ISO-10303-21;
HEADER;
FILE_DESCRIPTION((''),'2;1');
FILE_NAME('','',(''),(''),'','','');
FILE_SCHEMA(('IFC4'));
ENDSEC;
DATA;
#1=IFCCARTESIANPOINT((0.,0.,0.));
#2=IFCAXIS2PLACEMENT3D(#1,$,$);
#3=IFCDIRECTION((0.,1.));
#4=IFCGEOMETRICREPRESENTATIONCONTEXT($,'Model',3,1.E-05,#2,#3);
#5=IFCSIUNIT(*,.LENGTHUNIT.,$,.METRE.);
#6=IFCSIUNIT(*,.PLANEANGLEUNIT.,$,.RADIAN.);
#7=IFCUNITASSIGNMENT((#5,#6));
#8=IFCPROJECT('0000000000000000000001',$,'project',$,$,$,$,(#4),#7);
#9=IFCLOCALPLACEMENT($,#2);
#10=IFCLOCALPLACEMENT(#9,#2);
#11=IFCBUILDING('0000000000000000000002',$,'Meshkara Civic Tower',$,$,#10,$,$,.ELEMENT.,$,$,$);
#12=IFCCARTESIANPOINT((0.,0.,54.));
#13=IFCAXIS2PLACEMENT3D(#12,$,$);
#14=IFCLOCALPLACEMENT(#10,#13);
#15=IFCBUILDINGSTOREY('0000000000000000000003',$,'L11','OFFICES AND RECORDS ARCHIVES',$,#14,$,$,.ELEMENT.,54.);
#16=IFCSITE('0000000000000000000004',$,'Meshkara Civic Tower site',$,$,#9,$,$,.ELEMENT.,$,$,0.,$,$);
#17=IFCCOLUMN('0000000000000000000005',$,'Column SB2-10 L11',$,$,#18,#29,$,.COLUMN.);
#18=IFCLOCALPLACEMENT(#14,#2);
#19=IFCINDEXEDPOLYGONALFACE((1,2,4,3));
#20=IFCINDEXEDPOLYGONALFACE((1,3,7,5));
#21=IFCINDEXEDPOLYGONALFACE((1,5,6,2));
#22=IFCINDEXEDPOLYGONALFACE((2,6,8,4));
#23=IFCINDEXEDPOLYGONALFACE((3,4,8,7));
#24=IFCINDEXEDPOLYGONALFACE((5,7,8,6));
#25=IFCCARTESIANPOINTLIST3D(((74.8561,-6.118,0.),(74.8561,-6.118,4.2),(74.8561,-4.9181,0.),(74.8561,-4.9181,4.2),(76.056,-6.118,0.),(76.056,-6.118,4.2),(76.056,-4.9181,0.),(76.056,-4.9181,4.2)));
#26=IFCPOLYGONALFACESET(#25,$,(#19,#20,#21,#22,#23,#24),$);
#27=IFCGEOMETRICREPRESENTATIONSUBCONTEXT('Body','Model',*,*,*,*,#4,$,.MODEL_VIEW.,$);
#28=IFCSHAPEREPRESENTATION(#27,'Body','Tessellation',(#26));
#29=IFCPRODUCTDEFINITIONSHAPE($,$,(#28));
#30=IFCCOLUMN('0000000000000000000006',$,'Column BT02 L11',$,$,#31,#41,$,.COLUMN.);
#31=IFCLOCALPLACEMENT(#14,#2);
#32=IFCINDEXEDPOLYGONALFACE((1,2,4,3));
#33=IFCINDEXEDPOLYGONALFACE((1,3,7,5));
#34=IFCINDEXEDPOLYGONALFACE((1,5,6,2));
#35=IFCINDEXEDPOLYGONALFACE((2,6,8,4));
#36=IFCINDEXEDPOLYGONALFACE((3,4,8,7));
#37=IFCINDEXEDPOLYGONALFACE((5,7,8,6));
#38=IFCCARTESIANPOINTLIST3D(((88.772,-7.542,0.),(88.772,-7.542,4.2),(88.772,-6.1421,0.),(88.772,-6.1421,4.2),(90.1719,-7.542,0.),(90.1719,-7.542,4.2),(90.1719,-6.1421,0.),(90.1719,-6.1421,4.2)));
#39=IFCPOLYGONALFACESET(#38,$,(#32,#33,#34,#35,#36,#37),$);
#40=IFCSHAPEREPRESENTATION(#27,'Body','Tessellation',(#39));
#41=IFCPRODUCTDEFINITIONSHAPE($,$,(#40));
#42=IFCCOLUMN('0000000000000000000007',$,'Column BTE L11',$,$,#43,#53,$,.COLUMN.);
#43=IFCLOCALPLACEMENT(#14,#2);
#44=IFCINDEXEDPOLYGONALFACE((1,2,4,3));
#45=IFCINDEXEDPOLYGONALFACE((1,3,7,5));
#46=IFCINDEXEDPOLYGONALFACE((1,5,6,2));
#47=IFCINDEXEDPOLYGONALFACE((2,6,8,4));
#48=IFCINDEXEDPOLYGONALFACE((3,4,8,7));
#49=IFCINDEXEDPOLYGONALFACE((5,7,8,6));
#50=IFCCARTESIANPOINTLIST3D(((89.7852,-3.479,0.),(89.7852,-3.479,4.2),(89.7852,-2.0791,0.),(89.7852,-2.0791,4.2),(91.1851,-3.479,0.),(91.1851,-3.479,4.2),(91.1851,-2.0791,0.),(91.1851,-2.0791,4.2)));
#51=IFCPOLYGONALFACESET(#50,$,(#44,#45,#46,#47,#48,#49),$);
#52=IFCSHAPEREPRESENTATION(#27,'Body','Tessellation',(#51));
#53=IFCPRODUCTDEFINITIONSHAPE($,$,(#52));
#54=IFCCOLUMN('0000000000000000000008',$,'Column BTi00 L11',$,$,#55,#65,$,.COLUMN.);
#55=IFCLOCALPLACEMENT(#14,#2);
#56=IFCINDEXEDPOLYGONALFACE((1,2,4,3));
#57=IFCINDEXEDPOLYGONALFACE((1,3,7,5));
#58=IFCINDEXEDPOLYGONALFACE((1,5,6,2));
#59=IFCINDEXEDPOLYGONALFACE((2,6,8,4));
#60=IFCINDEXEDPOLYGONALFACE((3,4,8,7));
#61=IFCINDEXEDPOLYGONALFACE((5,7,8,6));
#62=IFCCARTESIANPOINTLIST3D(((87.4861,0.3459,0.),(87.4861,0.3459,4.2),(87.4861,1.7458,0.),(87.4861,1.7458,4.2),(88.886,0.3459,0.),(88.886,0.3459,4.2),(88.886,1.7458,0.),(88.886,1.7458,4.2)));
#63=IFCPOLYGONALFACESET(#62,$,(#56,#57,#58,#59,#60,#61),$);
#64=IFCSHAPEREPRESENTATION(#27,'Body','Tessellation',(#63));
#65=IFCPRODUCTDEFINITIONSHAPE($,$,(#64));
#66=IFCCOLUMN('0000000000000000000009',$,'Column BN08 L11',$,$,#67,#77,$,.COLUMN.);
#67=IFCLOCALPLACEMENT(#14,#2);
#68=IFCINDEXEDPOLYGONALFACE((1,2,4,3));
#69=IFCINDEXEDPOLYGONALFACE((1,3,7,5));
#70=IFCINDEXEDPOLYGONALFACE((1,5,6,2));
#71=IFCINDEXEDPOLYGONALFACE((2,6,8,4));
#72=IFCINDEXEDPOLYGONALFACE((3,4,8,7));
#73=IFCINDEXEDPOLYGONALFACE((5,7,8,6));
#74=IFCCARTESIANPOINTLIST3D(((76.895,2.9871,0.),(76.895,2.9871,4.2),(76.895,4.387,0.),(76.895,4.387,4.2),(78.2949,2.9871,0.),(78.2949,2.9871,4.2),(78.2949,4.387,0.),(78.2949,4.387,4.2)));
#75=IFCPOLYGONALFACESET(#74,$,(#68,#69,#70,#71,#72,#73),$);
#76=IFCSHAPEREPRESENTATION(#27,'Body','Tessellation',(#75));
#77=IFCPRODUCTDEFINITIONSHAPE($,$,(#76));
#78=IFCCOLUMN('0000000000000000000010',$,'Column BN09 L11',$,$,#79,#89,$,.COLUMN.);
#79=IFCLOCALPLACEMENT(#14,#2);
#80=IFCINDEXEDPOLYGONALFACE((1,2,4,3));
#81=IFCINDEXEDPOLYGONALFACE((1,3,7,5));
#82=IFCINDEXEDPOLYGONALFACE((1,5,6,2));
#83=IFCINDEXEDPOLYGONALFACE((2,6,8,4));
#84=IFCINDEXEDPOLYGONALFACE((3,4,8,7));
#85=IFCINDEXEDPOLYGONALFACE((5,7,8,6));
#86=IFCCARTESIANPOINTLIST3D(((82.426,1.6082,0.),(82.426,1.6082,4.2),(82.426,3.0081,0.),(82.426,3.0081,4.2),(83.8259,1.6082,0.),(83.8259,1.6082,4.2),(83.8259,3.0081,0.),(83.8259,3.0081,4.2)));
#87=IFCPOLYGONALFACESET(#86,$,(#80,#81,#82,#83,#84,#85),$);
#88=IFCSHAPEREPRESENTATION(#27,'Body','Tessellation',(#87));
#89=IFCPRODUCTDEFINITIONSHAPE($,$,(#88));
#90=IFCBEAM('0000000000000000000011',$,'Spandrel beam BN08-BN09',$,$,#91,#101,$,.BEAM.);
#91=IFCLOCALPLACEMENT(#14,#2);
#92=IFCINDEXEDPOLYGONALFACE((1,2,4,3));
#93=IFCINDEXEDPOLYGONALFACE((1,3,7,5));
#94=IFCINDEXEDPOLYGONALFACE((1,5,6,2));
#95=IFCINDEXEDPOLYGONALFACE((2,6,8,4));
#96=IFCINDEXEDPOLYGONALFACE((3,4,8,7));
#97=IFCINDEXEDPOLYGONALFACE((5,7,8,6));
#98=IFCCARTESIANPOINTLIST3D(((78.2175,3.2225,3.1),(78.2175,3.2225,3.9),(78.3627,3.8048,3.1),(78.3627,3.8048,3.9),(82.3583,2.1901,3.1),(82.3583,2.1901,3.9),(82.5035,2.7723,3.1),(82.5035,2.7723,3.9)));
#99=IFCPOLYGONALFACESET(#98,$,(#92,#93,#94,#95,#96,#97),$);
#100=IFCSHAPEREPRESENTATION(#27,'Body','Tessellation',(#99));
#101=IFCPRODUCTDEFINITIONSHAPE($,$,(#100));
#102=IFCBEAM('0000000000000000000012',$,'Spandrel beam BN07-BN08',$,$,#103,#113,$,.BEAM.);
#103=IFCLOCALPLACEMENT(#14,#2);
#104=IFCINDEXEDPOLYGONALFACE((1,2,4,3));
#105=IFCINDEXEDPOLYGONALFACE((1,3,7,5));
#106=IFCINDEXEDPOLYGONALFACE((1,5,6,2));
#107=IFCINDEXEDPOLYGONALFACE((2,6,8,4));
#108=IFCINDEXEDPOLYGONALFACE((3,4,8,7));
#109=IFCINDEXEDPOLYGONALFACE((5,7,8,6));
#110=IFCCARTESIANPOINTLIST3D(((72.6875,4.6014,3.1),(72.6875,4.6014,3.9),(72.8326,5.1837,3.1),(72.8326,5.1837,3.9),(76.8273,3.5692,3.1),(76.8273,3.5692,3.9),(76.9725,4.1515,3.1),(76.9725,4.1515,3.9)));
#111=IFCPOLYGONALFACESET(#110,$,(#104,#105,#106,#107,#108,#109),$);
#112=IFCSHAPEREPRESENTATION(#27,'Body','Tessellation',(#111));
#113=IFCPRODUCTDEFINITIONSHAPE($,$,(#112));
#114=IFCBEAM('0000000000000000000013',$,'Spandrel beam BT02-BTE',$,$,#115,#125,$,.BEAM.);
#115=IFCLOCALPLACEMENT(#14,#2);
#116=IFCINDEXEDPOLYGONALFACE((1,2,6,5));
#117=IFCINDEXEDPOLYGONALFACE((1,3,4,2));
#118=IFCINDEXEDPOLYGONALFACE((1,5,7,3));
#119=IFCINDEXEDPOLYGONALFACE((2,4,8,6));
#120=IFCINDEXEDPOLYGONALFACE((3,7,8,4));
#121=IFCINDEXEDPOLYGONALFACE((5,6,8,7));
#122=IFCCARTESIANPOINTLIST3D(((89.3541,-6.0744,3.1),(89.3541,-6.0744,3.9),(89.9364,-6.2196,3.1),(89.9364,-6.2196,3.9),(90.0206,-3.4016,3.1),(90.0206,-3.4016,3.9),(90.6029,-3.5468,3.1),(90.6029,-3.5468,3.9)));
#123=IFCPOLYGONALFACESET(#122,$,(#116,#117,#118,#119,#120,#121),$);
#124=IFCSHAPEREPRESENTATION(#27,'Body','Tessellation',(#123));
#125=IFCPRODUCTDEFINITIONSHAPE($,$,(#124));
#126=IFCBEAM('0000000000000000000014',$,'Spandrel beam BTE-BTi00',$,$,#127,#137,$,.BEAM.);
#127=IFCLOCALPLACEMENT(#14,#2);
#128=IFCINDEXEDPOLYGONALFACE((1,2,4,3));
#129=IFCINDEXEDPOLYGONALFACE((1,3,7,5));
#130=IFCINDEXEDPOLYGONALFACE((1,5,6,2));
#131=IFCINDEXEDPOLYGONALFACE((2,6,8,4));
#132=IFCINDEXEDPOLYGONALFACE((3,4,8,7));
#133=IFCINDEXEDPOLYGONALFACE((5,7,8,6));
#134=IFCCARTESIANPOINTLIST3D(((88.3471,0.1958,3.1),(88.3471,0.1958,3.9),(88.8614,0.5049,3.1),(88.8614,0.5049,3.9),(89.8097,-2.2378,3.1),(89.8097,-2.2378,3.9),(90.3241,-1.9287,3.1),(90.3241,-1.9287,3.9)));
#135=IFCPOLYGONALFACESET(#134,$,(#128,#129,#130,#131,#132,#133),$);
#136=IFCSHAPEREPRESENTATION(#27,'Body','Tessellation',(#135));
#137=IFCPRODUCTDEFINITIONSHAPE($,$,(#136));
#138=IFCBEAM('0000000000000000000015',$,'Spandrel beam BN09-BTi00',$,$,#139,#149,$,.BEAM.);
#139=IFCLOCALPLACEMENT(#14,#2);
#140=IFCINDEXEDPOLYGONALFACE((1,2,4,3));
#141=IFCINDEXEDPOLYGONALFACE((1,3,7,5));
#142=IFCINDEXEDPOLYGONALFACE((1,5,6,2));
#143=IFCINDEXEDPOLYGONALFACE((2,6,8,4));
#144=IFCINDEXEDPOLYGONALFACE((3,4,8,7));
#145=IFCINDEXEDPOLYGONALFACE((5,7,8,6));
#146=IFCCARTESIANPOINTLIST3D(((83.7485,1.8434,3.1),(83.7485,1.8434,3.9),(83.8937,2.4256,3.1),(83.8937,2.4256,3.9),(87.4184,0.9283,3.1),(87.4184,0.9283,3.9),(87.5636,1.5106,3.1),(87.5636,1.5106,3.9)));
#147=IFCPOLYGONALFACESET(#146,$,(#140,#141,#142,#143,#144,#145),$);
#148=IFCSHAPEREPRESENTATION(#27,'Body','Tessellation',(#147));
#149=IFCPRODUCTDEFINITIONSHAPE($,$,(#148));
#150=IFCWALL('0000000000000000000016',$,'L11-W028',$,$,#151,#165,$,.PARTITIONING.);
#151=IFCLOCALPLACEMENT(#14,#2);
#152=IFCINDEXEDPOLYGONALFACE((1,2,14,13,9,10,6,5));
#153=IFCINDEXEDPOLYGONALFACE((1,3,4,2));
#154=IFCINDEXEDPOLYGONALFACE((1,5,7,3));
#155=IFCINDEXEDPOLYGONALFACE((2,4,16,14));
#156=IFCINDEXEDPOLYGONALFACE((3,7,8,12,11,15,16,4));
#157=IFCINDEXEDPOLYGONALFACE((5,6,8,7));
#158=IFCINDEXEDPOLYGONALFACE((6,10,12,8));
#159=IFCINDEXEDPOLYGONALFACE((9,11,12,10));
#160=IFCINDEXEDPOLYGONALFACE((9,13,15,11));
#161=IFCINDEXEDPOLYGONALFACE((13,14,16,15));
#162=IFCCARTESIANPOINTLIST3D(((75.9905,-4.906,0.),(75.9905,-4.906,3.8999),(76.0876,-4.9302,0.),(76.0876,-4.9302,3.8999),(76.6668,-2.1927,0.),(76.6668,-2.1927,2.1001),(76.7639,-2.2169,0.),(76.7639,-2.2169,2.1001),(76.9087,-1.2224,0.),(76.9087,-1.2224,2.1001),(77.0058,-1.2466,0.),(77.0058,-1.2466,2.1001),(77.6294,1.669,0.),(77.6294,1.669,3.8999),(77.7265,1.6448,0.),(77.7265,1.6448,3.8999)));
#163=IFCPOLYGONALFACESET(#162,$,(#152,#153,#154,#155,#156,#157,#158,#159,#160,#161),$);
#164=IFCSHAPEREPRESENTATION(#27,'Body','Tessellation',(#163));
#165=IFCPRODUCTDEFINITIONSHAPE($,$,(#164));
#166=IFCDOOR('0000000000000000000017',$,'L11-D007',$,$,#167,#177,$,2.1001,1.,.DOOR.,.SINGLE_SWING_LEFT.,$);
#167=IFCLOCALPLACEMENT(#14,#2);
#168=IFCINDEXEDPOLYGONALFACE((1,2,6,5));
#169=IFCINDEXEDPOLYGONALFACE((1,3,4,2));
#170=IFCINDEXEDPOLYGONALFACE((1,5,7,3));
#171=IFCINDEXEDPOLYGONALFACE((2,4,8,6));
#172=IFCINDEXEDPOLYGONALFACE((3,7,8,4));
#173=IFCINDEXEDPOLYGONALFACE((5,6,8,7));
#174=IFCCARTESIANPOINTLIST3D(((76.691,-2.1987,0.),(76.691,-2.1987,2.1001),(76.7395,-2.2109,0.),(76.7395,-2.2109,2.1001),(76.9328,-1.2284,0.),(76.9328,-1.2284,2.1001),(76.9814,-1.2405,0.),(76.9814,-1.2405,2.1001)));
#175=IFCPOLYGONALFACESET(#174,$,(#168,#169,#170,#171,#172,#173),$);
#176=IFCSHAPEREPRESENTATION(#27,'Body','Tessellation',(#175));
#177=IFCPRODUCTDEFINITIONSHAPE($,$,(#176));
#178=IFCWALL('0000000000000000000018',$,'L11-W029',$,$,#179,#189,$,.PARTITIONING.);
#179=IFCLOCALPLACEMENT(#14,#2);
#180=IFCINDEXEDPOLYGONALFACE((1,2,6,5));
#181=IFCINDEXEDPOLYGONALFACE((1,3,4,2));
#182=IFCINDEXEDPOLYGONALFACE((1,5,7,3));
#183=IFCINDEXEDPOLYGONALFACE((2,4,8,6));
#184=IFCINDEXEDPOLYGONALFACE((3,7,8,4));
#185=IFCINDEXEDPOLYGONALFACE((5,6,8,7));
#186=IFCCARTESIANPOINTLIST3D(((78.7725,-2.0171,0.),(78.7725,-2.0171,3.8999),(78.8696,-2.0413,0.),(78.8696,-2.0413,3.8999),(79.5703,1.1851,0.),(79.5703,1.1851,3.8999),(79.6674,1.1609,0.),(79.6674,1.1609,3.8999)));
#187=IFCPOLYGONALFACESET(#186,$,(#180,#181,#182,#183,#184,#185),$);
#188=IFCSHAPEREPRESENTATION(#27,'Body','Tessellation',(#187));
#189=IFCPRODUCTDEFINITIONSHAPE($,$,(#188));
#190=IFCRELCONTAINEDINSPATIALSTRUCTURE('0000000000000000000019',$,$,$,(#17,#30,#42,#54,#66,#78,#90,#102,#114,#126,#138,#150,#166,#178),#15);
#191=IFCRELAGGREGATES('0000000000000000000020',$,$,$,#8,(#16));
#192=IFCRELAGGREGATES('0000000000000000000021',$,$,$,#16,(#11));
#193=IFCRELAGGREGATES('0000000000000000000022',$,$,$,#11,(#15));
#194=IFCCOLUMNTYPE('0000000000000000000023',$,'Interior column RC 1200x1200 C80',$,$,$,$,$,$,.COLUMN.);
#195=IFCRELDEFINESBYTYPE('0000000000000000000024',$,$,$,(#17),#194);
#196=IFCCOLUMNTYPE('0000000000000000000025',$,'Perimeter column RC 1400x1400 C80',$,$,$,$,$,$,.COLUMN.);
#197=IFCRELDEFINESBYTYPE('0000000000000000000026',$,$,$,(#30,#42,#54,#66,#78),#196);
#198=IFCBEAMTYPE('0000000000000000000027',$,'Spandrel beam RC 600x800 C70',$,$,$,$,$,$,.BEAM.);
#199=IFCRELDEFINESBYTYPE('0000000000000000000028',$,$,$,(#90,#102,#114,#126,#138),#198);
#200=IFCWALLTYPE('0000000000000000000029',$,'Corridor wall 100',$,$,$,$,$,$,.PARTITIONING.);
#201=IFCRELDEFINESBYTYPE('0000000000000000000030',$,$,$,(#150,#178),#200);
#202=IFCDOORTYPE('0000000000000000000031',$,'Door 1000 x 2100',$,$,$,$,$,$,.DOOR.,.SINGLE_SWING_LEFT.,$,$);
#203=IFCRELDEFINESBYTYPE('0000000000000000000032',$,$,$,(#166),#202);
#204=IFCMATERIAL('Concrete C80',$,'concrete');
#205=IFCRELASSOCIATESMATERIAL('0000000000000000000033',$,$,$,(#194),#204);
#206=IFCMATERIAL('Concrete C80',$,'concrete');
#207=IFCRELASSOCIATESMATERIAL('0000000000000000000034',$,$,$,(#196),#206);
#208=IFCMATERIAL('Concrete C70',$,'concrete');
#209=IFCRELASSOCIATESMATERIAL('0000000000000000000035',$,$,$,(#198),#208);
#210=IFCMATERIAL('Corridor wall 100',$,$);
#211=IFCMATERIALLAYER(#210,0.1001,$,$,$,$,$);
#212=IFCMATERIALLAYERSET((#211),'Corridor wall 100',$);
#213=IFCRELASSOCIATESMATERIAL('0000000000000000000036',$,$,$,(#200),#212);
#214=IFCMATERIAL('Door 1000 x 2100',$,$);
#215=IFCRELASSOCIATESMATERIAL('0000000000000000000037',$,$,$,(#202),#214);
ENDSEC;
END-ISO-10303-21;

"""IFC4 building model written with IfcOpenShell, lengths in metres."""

from ifc_helpers import new_model, si_unit, direction, frame, frame_2d, origin, origin_2d, place, context, subcontext, project, spatial, rectangle, extrude, material, layer, layer_set, material_profile, profile_set, type_object, element, fill, save


model = new_model("IFC4")

# Units and contexts
model_context = context("Model", 3, precision=1e-05, world=origin(), true_north=direction((0.0, 1.0)))
body_context = subcontext(model_context, "Body", "Model", "MODEL_VIEW")
ifc_project = project(units=[si_unit("LENGTHUNIT", "METRE"), si_unit("PLANEANGLEUNIT", "RADIAN")], contexts=[model_context])

# Site, building, storey
site_placement = place(None, origin())
site = spatial("IfcSite", under=ifc_project, at=site_placement, Name="Meshkara Civic Tower site", CompositionType="ELEMENT", RefElevation=0.0)
building_placement = place(site_placement, origin())
building = spatial("IfcBuilding", under=site, at=building_placement, Name="Meshkara Civic Tower", CompositionType="ELEMENT")
storey_placement = place(building_placement, frame((0.0, 0.0, 54.0)))
storey = spatial("IfcBuildingStorey", under=building, at=storey_placement, Name="L11", Description="OFFICES AND RECORDS ARCHIVES", CompositionType="ELEMENT", Elevation=54.0)

# Columns
ifc_material_1 = material(Name="Concrete C80", Category="concrete")
ifc_material_profile_1 = material_profile(ifc_material_1, rectangle(XDim=1.2, YDim=1.2, at=origin_2d()))
ifc_profile_set_1 = profile_set([ifc_material_profile_1], Name="Concrete C80")
column_type_1 = type_object("IfcColumnType", Name="Interior column RC 1200x1200 C80", PredefinedType="COLUMN", material=ifc_profile_set_1)
column_placement = place(storey_placement, frame((75.4561, -5.5181, 0.0), z_axis=(0.0, 0.0, 1.0), x_axis=(1.0, 0.0, 0.0)))
element("IfcColumn", 1, at=column_placement, inside=storey, type_object=column_type_1, Name="Column SB2-10 L11", PredefinedType="COLUMN", context=body_context, shape_type="SweptSolid", body=[
    extrude(rectangle(XDim=1.2, YDim=1.2, at=origin_2d()), origin(), (0.0, 0.0, 1.0), 4.2),
])
ifc_material_2 = material(Name="Concrete C80", Category="concrete")
ifc_material_profile_2 = material_profile(ifc_material_2, rectangle(XDim=1.3999, YDim=1.3999, at=origin_2d()))
ifc_profile_set_2 = profile_set([ifc_material_profile_2], Name="Concrete C80")
column_type_2 = type_object("IfcColumnType", Name="Perimeter column RC 1400x1400 C80", PredefinedType="COLUMN", material=ifc_profile_set_2)
for number, where, z_axis, x_axis, name in (
    (2, (89.4719, -6.842, 0.0), (0.0, 0.0, 1.0), (1.0, 0.0, 0.0), "Column BT02 L11"),
    (3, (90.4851, -2.7791, 0.0), (0.0, 0.0, 1.0), (1.0, 0.0, 0.0), "Column BTE L11"),
    (4, (88.186, 1.0459, 0.0), (0.0, 0.0, 1.0), (1.0, 0.0, 0.0), "Column BTi00 L11"),
    (5, (77.595, 3.687, 0.0), (0.0, 0.0, 1.0), (1.0, 0.0, 0.0), "Column BN08 L11"),
    (6, (83.126, 2.3081, 0.0), (0.0, 0.0, 1.0), (1.0, 0.0, 0.0), "Column BN09 L11"),
):
    element("IfcColumn", number, at=place(storey_placement, frame(where, z_axis=z_axis, x_axis=x_axis)), inside=storey, type_object=column_type_2, Name=name, PredefinedType="COLUMN", context=body_context, shape_type="SweptSolid", body=[
        extrude(rectangle(XDim=1.3999, YDim=1.3999, at=origin_2d()), origin(), (0.0, 0.0, 1.0), 4.2),
    ])

# Beams
ifc_material_3 = material(Name="Concrete C70", Category="concrete")
ifc_material_profile_3 = material_profile(ifc_material_3, rectangle(XDim=0.6001, YDim=0.8, at=origin_2d()))
ifc_profile_set_3 = profile_set([ifc_material_profile_3], Name="Concrete C70")
beam_type = type_object("IfcBeamType", Name="Spandrel beam RC 600x800 C70", PredefinedType="BEAM", material=ifc_profile_set_3)
beam_1_placement = place(storey_placement, frame((82.4309, 2.4812, 3.5), z_axis=(-0.970294, 0.24193, 0.0), x_axis=(-0.24193, -0.970294, 0.0)))
element("IfcBeam", 7, at=beam_1_placement, inside=storey, type_object=beam_type, Name="Spandrel beam BN08-BN09", PredefinedType="BEAM", context=body_context, shape_type="SweptSolid", body=[
    extrude(rectangle(XDim=0.6001, YDim=0.8, at=origin_2d()), origin(), (0.0, 0.0, 1.0), 4.2676),
])
beam_2_placement = place(storey_placement, frame((76.8999, 3.8604, 3.5), z_axis=(-0.970294, 0.24193, 0.0), x_axis=(-0.24193, -0.970294, 0.0)))
element("IfcBeam", 8, at=beam_2_placement, inside=storey, type_object=beam_type, Name="Spandrel beam BN07-BN08", PredefinedType="BEAM", context=body_context, shape_type="SweptSolid", body=[
    extrude(rectangle(XDim=0.6001, YDim=0.8, at=origin_2d()), origin(), (0.0, 0.0, 1.0), 4.2666),
])
beam_3_placement = place(storey_placement, frame((89.6453, -6.147, 3.5), z_axis=(0.241952, 0.970288, 0.0), x_axis=(-0.970288, 0.241952, 0.0)))
element("IfcBeam", 9, at=beam_3_placement, inside=storey, type_object=beam_type, Name="Spandrel beam BT02-BTE", PredefinedType="BEAM", context=body_context, shape_type="SweptSolid", body=[
    extrude(rectangle(XDim=0.6001, YDim=0.8, at=origin_2d()), origin(), (0.0, 0.0, 1.0), 2.7546),
])
beam_4_placement = place(storey_placement, frame((90.0669, -2.0833, 3.5), z_axis=(-0.515141, 0.857106, 0.0), x_axis=(-0.857106, -0.515141, 0.0)))
element("IfcBeam", 10, at=beam_4_placement, inside=storey, type_object=beam_type, Name="Spandrel beam BTE-BTi00", PredefinedType="BEAM", context=body_context, shape_type="SweptSolid", body=[
    extrude(rectangle(XDim=0.6001, YDim=0.8, at=origin_2d()), origin(), (0.0, 0.0, 1.0), 2.8394),
])
beam_5_placement = place(storey_placement, frame((87.491, 1.2195, 3.5), z_axis=(-0.970294, 0.241928, 0.0), x_axis=(-0.241928, -0.970294, 0.0)))
element("IfcBeam", 11, at=beam_5_placement, inside=storey, type_object=beam_type, Name="Spandrel beam BN09-BTi00", PredefinedType="BEAM", context=body_context, shape_type="SweptSolid", body=[
    extrude(rectangle(XDim=0.6001, YDim=0.8, at=origin_2d()), origin(), (0.0, 0.0, 1.0), 3.7822),
])

# Wall, opening, door
ifc_material_4 = material(Name="Corridor wall 100")
ifc_layer_1 = layer(ifc_material_4, 0.1001)
ifc_layer_set_1 = layer_set([ifc_layer_1], Name="Corridor wall 100")
wall_type_1 = type_object("IfcWallType", Name="Corridor wall 100", PredefinedType="PARTITIONING", material=ifc_layer_set_1)
wall_1_placement = place(storey_placement, frame((77.678, 1.657, 0.0), z_axis=(0.0, 0.0, 1.0), x_axis=(-0.241866, -0.97031, 0.0)))
wall_1 = element("IfcWall", 12, at=wall_1_placement, inside=storey, type_object=wall_type_1, Name="L11-W028", PredefinedType="PARTITIONING", context=body_context, shape_type="SweptSolid", body=[
    extrude(rectangle(XDim=6.7761, YDim=0.1001, at=frame_2d((3.3882, 0.0))), origin(), (0.0, 0.0, 1.0), 3.8999),
])
opening_1_placement = place(wall_1_placement, frame((2.98, 0.0, 0.0)))
opening_1 = element("IfcOpeningElement", 13, at=opening_1_placement, cuts=wall_1, PredefinedType="OPENING", context=body_context, shape_type="SweptSolid", body=[
    extrude(rectangle(XDim=1.0, YDim=2.1001, at=frame_2d((0.5, 1.05))), frame((0.0, 0.0601, 0.0), z_axis=(0.0, -1.0, 0.0), x_axis=(1.0, 0.0, 0.0)), (0.0, 0.0, 1.0), 0.1201),
])
ifc_material_5 = material(Name="Door 1000 x 2100")
door_type = type_object("IfcDoorType", Name="Door 1000 x 2100", OperationType="SINGLE_SWING_LEFT", PredefinedType="DOOR", material=ifc_material_5)
door_1_placement = place(opening_1_placement, origin())
door_1 = element("IfcDoor", 14, at=door_1_placement, inside=storey, type_object=door_type, Name="L11-D007", OperationType="SINGLE_SWING_LEFT", OverallHeight=2.1001, OverallWidth=1.0, PredefinedType="DOOR", context=body_context, shape_type="SweptSolid", body=[
    extrude(rectangle(XDim=1.0, YDim=2.1001, at=frame_2d((0.5, 1.05))), frame((0.0, 0.0249, 0.0), z_axis=(0.0, -1.0, 0.0), x_axis=(1.0, 0.0, 0.0)), (0.0, 0.0, 1.0), 0.05),
])
fill(opening_1, door_1)

# Wall
wall_2_placement = place(storey_placement, frame((78.821, -2.0291, 0.0), z_axis=(0.0, 0.0, 1.0), x_axis=(0.24177, 0.970334, 0.0)))
element("IfcWall", 15, at=wall_2_placement, inside=storey, type_object=wall_type_1, Name="L11-W029", PredefinedType="PARTITIONING", context=body_context, shape_type="SweptSolid", body=[
    extrude(rectangle(XDim=3.3, YDim=0.1001, at=frame_2d((1.6499, 0.0))), origin(), (0.0, 0.0, 1.0), 3.8999),
])

save(model, "model.ifc")
